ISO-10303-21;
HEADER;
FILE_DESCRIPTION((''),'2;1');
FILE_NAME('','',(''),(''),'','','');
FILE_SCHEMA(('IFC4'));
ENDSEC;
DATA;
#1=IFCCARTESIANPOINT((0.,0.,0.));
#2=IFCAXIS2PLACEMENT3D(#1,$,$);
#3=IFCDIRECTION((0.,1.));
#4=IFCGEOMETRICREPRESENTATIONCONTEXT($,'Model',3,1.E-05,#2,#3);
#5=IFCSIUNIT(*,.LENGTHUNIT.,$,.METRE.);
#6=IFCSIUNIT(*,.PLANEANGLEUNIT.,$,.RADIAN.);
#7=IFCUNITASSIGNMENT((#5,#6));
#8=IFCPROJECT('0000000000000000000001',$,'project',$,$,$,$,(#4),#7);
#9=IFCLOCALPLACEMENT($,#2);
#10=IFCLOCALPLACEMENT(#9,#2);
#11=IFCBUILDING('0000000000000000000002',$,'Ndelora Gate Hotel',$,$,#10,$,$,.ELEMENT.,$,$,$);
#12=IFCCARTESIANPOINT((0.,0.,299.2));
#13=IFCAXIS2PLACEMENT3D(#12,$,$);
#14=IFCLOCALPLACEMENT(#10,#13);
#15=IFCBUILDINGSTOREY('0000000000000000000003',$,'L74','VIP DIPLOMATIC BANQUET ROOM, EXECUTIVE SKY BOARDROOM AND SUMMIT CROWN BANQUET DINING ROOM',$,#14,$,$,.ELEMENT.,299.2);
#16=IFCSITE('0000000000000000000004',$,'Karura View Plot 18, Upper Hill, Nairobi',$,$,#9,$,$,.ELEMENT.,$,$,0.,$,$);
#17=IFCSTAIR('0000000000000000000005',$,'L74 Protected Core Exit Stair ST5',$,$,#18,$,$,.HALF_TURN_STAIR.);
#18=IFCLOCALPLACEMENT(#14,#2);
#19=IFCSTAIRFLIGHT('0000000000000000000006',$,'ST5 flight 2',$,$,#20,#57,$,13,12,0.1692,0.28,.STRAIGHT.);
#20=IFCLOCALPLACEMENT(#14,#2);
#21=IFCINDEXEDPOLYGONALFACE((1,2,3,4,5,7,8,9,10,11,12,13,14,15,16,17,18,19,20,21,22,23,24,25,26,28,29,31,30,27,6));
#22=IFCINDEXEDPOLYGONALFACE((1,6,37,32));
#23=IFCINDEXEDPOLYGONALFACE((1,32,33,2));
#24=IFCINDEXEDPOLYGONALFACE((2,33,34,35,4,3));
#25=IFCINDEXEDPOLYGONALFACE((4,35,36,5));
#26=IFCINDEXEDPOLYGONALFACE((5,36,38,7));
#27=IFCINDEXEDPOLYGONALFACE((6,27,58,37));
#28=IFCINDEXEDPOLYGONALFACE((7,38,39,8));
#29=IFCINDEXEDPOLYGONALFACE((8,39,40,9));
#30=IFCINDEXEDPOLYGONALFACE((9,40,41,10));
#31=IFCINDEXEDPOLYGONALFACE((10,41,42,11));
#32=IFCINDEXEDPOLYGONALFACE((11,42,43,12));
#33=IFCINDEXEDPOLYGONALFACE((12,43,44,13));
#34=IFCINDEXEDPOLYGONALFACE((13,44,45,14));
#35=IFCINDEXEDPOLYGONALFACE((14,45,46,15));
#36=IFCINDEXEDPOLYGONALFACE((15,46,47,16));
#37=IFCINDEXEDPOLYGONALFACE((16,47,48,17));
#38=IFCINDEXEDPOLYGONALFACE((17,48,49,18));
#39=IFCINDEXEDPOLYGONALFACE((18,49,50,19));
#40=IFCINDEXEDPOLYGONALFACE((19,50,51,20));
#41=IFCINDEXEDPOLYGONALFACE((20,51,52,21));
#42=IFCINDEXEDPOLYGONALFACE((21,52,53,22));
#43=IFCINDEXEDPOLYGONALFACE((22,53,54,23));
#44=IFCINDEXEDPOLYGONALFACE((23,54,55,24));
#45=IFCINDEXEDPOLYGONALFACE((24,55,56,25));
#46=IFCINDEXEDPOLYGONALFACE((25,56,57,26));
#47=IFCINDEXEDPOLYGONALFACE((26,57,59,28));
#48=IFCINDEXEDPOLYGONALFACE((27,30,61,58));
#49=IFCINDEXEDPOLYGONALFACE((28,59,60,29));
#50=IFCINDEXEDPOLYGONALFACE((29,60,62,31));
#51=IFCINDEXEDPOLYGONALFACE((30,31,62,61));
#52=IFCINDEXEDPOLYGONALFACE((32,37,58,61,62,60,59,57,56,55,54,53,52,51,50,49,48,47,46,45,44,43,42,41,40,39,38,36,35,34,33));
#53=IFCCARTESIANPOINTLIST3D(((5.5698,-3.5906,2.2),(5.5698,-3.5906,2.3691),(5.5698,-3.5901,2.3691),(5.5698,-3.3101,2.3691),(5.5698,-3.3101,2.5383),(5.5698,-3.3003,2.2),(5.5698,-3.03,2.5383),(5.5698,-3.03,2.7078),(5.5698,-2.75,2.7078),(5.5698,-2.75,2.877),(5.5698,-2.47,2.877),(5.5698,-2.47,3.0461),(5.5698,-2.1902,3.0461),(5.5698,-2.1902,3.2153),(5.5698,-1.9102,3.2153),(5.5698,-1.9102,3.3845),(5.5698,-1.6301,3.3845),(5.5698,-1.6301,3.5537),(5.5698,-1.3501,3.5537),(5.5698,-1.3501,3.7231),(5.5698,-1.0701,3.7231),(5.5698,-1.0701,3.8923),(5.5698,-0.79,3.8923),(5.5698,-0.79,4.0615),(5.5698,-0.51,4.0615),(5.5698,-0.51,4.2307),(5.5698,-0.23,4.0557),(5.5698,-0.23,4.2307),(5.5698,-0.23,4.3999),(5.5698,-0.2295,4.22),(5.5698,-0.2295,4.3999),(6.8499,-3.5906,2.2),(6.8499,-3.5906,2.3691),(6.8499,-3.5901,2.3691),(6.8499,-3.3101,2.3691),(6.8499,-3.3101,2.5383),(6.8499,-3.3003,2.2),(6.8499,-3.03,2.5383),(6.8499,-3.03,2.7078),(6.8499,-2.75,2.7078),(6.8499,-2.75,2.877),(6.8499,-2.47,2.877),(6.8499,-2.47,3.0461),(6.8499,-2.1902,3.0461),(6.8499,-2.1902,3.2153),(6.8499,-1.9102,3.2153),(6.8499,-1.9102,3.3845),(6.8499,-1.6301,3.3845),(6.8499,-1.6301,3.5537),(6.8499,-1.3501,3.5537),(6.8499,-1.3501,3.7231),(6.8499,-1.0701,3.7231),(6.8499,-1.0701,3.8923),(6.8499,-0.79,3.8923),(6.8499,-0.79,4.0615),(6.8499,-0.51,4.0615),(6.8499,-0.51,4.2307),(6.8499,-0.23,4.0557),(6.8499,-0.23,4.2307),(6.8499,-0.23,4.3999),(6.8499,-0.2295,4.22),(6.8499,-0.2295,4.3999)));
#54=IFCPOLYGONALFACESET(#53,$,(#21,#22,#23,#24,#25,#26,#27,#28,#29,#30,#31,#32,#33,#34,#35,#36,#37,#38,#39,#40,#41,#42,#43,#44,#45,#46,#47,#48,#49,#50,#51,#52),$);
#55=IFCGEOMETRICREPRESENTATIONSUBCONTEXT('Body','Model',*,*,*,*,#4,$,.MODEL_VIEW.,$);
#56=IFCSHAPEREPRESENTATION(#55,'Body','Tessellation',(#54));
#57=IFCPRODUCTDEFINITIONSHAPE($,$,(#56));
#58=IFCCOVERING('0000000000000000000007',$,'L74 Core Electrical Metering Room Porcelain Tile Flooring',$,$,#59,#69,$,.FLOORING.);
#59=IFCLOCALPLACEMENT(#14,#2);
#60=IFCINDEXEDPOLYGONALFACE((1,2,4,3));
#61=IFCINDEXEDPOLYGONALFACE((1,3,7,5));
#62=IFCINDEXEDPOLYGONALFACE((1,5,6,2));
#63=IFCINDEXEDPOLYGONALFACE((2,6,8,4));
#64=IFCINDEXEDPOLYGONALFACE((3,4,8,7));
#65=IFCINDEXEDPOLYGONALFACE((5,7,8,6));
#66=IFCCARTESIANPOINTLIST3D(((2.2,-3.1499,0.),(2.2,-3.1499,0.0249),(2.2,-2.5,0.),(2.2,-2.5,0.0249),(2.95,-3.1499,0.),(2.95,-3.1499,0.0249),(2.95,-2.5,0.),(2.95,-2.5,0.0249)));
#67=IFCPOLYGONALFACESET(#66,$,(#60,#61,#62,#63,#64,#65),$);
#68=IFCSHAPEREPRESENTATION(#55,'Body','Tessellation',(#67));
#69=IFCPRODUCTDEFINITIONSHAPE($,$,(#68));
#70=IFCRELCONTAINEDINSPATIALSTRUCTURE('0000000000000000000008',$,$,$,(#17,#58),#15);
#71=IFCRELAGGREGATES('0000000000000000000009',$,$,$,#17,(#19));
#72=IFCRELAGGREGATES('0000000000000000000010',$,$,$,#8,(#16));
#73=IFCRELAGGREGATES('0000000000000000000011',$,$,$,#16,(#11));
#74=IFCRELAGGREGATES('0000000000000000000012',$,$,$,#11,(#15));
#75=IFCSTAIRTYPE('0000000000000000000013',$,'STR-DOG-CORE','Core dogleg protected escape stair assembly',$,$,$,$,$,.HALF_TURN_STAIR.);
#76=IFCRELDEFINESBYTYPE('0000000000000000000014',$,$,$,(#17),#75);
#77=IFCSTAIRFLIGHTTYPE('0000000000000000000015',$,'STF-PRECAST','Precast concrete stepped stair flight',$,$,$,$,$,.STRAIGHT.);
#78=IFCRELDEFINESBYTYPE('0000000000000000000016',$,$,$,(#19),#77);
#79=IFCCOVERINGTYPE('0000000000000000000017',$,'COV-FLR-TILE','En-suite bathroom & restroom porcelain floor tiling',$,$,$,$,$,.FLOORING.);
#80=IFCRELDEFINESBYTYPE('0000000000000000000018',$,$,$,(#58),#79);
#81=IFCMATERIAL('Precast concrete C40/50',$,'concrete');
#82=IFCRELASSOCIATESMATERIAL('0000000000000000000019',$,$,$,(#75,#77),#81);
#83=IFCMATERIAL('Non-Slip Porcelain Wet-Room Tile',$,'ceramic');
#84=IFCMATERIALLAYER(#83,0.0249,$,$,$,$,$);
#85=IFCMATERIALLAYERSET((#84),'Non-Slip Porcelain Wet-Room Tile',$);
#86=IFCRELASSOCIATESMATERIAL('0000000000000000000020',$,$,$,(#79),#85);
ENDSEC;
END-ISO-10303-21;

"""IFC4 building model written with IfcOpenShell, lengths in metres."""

from ifc_helpers import new_model, si_unit, direction, frame, origin, origin_2d, place, context, subcontext, project, spatial, polyline, rectangle, outline, extrude, material, layer, layer_set, type_object, element, aggregate, save


model = new_model("IFC4")

# Units and contexts
model_context = context("Model", 3, precision=1e-05, world=origin(), true_north=direction((0.0, 1.0)))
body_context = subcontext(model_context, "Body", "Model", "MODEL_VIEW")
ifc_project = project(units=[si_unit("LENGTHUNIT", "METRE"), si_unit("PLANEANGLEUNIT", "RADIAN")], contexts=[model_context])

# Site, building, storey
site_placement = place(None, origin())
site = spatial("IfcSite", under=ifc_project, at=site_placement, Name="Karura View Plot 18, Upper Hill, Nairobi", CompositionType="ELEMENT", RefElevation=0.0)
building_placement = place(site_placement, origin())
building = spatial("IfcBuilding", under=site, at=building_placement, Name="Ndelora Gate Hotel", CompositionType="ELEMENT")
storey_placement = place(building_placement, frame((0.0, 0.0, 299.2)))
storey = spatial("IfcBuildingStorey", under=building, at=storey_placement, Name="L74", Description="VIP DIPLOMATIC BANQUET ROOM, EXECUTIVE SKY BOARDROOM AND SUMMIT CROWN BANQUET DINING ROOM", CompositionType="ELEMENT", Elevation=299.2)

# Stair, stair flight
ifc_material_1 = material(Name="Precast concrete C40/50", Category="concrete")
stair_type = type_object("IfcStairType", Name="STR-DOG-CORE", Description="Core dogleg protected escape stair assembly", PredefinedType="HALF_TURN_STAIR", material=ifc_material_1)
stair_placement = place(storey_placement, origin())
stair = element("IfcStair", 1, at=stair_placement, inside=storey, type_object=stair_type, Name="L74 Protected Core Exit Stair ST5", PredefinedType="HALF_TURN_STAIR")
stair_flight_type = type_object("IfcStairFlightType", Name="STF-PRECAST", Description="Precast concrete stepped stair flight", PredefinedType="STRAIGHT", material=ifc_material_1)
stair_flight_1_placement = place(storey_placement, frame((6.21, -3.5901, 2.2), z_axis=(0.0, 0.0, 1.0), x_axis=(0.0, 1.0, 0.0)))
stair_flight_1 = element("IfcStairFlight", 2, at=stair_flight_1_placement, type_object=stair_flight_type, Name="ST5 flight 2", NumberOfRisers=13, NumberOfTreads=12, PredefinedType="STRAIGHT", RiserHeight=0.1692, TreadLength=0.28, context=body_context, shape_type="SweptSolid", body=[
    extrude(outline(polyline([(-0.0005, 0.0), (-0.0005, 0.1692), (0.0, 0.1692), (0.28, 0.1692), (0.28, 0.3384), (0.5601, 0.3384), (0.5601, 0.5078), (0.8401, 0.5078), (0.8401, 0.677), (1.1201, 0.677), (1.1201, 0.8462), (1.3999, 0.8462), (1.3999, 1.0154), (1.6799, 1.0154), (1.6799, 1.1846), (1.96, 1.1846), (1.96, 1.3538), (2.24, 1.3538), (2.24, 1.5232), (2.52, 1.5232), (2.52, 1.6924), (2.8, 1.6924), (2.8, 1.8616), (3.0801, 1.8616), (3.0801, 2.0308), (3.3601, 2.0308), (3.3601, 2.2), (3.3606, 2.2), (3.3606, 2.02), (3.3601, 1.8557), (0.2898, 0.0), (-0.0005, 0.0)])), frame((0.0, 0.6401, 0.0), z_axis=(0.0, -1.0, 0.0), x_axis=(1.0, 0.0, 0.0)), (0.0, 0.0, 1.0), 1.28),
])
aggregate(stair, [stair_flight_1])

# Covering
ifc_material_2 = material(Name="Non-Slip Porcelain Wet-Room Tile", Category="ceramic")
ifc_layer_1 = layer(ifc_material_2, 0.0249)
ifc_layer_set_1 = layer_set([ifc_layer_1], Name="Non-Slip Porcelain Wet-Room Tile")
covering_type = type_object("IfcCoveringType", Name="COV-FLR-TILE", Description="En-suite bathroom & restroom porcelain floor tiling", PredefinedType="FLOORING", material=ifc_layer_set_1)
covering_placement = place(storey_placement, frame((2.575, -2.825, 0.0), z_axis=(0.0, 0.0, 1.0), x_axis=(1.0, 0.0, 0.0)))
element("IfcCovering", 3, at=covering_placement, inside=storey, type_object=covering_type, Name="L74 Core Electrical Metering Room Porcelain Tile Flooring", PredefinedType="FLOORING", context=body_context, shape_type="SweptSolid", body=[
    extrude(rectangle(XDim=0.75, YDim=0.6499, at=origin_2d()), origin(), (0.0, 0.0, 1.0), 0.0249),
])

save(model, "model.ifc")
